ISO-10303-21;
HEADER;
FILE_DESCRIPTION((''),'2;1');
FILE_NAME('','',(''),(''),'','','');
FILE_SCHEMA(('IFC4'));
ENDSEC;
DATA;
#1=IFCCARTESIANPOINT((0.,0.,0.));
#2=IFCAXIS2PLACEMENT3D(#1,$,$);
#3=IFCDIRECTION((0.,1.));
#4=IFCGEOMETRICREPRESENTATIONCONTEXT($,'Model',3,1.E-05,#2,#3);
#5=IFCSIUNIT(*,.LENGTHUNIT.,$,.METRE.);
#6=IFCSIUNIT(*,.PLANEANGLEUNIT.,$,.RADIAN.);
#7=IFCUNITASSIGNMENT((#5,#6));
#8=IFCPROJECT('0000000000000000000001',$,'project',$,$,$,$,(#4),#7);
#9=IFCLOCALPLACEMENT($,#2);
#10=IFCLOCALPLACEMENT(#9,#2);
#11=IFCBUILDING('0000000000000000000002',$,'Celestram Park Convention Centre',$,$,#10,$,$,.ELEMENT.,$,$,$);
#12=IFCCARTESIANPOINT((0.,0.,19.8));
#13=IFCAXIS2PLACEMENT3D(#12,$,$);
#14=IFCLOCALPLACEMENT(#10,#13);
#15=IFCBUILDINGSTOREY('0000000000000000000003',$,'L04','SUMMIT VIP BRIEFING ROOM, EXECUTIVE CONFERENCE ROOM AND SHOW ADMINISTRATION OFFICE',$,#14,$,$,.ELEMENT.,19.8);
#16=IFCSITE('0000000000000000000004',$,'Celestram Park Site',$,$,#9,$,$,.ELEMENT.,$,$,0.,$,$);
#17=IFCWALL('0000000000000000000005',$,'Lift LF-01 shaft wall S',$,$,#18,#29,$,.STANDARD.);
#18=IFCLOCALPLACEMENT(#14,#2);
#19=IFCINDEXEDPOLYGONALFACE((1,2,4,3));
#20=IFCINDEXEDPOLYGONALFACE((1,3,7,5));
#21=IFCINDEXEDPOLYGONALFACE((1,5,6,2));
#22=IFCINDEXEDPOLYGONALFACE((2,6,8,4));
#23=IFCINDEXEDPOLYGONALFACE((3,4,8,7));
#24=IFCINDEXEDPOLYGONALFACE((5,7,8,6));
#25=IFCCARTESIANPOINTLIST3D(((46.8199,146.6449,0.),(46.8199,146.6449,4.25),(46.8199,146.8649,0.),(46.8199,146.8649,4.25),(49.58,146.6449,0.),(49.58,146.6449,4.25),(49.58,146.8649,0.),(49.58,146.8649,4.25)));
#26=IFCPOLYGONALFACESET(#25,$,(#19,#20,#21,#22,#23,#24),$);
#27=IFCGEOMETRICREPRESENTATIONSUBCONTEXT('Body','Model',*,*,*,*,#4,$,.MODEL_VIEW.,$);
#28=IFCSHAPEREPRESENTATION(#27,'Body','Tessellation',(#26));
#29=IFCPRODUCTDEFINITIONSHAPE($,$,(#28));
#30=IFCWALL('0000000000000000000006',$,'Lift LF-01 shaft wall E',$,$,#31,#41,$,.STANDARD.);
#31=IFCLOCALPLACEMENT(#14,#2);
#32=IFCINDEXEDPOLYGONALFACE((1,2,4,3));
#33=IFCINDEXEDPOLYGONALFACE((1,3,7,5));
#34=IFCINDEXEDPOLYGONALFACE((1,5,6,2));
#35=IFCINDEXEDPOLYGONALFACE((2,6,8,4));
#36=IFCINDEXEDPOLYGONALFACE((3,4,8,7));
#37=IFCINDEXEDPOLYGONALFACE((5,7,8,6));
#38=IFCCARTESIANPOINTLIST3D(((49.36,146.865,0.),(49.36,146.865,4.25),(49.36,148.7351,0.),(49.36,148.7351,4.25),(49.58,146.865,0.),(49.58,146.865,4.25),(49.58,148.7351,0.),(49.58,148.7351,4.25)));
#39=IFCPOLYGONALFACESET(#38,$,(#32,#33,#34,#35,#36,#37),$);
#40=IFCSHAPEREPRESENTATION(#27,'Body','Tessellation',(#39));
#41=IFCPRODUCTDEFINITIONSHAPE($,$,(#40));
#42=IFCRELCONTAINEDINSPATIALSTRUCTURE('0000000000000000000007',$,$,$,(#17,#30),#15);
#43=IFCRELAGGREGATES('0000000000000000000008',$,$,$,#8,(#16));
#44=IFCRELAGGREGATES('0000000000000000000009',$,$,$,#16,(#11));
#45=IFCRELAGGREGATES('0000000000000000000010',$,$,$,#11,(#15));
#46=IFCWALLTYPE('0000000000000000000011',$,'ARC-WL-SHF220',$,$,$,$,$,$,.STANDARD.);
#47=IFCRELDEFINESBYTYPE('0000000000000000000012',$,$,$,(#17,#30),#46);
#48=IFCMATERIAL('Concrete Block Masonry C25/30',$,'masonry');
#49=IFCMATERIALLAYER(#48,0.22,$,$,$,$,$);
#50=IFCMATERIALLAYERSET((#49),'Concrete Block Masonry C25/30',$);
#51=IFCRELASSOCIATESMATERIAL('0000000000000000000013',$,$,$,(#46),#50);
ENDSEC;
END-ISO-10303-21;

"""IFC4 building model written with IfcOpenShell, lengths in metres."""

from ifc_helpers import new_model, si_unit, direction, frame, frame_2d, origin, place, context, subcontext, project, spatial, rectangle, extrude, material, layer, layer_set, type_object, element, save


model = new_model("IFC4")

# Units and contexts
model_context = context("Model", 3, precision=1e-05, world=origin(), true_north=direction((0.0, 1.0)))
body_context = subcontext(model_context, "Body", "Model", "MODEL_VIEW")
ifc_project = project(units=[si_unit("LENGTHUNIT", "METRE"), si_unit("PLANEANGLEUNIT", "RADIAN")], contexts=[model_context])

# Site, building, storey
site_placement = place(None, origin())
site = spatial("IfcSite", under=ifc_project, at=site_placement, Name="Celestram Park Site", CompositionType="ELEMENT", RefElevation=0.0)
building_placement = place(site_placement, origin())
building = spatial("IfcBuilding", under=site, at=building_placement, Name="Celestram Park Convention Centre", CompositionType="ELEMENT")
storey_placement = place(building_placement, frame((0.0, 0.0, 19.8)))
storey = spatial("IfcBuildingStorey", under=building, at=storey_placement, Name="L04", Description="SUMMIT VIP BRIEFING ROOM, EXECUTIVE CONFERENCE ROOM AND SHOW ADMINISTRATION OFFICE", CompositionType="ELEMENT", Elevation=19.8)

# Shared definitions
ifc_material_1 = material(Name="Concrete Block Masonry C25/30", Category="masonry")

# Walls
ifc_layer_1 = layer(ifc_material_1, 0.22)
ifc_layer_set_1 = layer_set([ifc_layer_1], Name="Concrete Block Masonry C25/30")
wall_type_1 = type_object("IfcWallType", Name="ARC-WL-SHF220", PredefinedType="STANDARD", material=ifc_layer_set_1)
wall_1_placement = place(storey_placement, frame((46.8201, 146.7549, 0.0), z_axis=(0.0, 0.0, 1.0), x_axis=(1.0, 0.0, 0.0)))
element("IfcWall", 1, at=wall_1_placement, inside=storey, type_object=wall_type_1, Name="Lift LF-01 shaft wall S", PredefinedType="STANDARD", context=body_context, shape_type="SweptSolid", body=[
    extrude(rectangle(XDim=2.76, YDim=0.22, at=frame_2d((1.3799, 0.0))), origin(), (0.0, 0.0, 1.0), 4.25),
])
wall_2_placement = place(storey_placement, frame((49.47, 146.865, 0.0), z_axis=(0.0, 0.0, 1.0), x_axis=(0.0, 1.0, 0.0)))
element("IfcWall", 2, at=wall_2_placement, inside=storey, type_object=wall_type_1, Name="Lift LF-01 shaft wall E", PredefinedType="STANDARD", context=body_context, shape_type="SweptSolid", body=[
    extrude(rectangle(XDim=1.8701, YDim=0.22, at=frame_2d((0.9351, 0.0))), origin(), (0.0, 0.0, 1.0), 4.25),
])

save(model, "model.ifc")
